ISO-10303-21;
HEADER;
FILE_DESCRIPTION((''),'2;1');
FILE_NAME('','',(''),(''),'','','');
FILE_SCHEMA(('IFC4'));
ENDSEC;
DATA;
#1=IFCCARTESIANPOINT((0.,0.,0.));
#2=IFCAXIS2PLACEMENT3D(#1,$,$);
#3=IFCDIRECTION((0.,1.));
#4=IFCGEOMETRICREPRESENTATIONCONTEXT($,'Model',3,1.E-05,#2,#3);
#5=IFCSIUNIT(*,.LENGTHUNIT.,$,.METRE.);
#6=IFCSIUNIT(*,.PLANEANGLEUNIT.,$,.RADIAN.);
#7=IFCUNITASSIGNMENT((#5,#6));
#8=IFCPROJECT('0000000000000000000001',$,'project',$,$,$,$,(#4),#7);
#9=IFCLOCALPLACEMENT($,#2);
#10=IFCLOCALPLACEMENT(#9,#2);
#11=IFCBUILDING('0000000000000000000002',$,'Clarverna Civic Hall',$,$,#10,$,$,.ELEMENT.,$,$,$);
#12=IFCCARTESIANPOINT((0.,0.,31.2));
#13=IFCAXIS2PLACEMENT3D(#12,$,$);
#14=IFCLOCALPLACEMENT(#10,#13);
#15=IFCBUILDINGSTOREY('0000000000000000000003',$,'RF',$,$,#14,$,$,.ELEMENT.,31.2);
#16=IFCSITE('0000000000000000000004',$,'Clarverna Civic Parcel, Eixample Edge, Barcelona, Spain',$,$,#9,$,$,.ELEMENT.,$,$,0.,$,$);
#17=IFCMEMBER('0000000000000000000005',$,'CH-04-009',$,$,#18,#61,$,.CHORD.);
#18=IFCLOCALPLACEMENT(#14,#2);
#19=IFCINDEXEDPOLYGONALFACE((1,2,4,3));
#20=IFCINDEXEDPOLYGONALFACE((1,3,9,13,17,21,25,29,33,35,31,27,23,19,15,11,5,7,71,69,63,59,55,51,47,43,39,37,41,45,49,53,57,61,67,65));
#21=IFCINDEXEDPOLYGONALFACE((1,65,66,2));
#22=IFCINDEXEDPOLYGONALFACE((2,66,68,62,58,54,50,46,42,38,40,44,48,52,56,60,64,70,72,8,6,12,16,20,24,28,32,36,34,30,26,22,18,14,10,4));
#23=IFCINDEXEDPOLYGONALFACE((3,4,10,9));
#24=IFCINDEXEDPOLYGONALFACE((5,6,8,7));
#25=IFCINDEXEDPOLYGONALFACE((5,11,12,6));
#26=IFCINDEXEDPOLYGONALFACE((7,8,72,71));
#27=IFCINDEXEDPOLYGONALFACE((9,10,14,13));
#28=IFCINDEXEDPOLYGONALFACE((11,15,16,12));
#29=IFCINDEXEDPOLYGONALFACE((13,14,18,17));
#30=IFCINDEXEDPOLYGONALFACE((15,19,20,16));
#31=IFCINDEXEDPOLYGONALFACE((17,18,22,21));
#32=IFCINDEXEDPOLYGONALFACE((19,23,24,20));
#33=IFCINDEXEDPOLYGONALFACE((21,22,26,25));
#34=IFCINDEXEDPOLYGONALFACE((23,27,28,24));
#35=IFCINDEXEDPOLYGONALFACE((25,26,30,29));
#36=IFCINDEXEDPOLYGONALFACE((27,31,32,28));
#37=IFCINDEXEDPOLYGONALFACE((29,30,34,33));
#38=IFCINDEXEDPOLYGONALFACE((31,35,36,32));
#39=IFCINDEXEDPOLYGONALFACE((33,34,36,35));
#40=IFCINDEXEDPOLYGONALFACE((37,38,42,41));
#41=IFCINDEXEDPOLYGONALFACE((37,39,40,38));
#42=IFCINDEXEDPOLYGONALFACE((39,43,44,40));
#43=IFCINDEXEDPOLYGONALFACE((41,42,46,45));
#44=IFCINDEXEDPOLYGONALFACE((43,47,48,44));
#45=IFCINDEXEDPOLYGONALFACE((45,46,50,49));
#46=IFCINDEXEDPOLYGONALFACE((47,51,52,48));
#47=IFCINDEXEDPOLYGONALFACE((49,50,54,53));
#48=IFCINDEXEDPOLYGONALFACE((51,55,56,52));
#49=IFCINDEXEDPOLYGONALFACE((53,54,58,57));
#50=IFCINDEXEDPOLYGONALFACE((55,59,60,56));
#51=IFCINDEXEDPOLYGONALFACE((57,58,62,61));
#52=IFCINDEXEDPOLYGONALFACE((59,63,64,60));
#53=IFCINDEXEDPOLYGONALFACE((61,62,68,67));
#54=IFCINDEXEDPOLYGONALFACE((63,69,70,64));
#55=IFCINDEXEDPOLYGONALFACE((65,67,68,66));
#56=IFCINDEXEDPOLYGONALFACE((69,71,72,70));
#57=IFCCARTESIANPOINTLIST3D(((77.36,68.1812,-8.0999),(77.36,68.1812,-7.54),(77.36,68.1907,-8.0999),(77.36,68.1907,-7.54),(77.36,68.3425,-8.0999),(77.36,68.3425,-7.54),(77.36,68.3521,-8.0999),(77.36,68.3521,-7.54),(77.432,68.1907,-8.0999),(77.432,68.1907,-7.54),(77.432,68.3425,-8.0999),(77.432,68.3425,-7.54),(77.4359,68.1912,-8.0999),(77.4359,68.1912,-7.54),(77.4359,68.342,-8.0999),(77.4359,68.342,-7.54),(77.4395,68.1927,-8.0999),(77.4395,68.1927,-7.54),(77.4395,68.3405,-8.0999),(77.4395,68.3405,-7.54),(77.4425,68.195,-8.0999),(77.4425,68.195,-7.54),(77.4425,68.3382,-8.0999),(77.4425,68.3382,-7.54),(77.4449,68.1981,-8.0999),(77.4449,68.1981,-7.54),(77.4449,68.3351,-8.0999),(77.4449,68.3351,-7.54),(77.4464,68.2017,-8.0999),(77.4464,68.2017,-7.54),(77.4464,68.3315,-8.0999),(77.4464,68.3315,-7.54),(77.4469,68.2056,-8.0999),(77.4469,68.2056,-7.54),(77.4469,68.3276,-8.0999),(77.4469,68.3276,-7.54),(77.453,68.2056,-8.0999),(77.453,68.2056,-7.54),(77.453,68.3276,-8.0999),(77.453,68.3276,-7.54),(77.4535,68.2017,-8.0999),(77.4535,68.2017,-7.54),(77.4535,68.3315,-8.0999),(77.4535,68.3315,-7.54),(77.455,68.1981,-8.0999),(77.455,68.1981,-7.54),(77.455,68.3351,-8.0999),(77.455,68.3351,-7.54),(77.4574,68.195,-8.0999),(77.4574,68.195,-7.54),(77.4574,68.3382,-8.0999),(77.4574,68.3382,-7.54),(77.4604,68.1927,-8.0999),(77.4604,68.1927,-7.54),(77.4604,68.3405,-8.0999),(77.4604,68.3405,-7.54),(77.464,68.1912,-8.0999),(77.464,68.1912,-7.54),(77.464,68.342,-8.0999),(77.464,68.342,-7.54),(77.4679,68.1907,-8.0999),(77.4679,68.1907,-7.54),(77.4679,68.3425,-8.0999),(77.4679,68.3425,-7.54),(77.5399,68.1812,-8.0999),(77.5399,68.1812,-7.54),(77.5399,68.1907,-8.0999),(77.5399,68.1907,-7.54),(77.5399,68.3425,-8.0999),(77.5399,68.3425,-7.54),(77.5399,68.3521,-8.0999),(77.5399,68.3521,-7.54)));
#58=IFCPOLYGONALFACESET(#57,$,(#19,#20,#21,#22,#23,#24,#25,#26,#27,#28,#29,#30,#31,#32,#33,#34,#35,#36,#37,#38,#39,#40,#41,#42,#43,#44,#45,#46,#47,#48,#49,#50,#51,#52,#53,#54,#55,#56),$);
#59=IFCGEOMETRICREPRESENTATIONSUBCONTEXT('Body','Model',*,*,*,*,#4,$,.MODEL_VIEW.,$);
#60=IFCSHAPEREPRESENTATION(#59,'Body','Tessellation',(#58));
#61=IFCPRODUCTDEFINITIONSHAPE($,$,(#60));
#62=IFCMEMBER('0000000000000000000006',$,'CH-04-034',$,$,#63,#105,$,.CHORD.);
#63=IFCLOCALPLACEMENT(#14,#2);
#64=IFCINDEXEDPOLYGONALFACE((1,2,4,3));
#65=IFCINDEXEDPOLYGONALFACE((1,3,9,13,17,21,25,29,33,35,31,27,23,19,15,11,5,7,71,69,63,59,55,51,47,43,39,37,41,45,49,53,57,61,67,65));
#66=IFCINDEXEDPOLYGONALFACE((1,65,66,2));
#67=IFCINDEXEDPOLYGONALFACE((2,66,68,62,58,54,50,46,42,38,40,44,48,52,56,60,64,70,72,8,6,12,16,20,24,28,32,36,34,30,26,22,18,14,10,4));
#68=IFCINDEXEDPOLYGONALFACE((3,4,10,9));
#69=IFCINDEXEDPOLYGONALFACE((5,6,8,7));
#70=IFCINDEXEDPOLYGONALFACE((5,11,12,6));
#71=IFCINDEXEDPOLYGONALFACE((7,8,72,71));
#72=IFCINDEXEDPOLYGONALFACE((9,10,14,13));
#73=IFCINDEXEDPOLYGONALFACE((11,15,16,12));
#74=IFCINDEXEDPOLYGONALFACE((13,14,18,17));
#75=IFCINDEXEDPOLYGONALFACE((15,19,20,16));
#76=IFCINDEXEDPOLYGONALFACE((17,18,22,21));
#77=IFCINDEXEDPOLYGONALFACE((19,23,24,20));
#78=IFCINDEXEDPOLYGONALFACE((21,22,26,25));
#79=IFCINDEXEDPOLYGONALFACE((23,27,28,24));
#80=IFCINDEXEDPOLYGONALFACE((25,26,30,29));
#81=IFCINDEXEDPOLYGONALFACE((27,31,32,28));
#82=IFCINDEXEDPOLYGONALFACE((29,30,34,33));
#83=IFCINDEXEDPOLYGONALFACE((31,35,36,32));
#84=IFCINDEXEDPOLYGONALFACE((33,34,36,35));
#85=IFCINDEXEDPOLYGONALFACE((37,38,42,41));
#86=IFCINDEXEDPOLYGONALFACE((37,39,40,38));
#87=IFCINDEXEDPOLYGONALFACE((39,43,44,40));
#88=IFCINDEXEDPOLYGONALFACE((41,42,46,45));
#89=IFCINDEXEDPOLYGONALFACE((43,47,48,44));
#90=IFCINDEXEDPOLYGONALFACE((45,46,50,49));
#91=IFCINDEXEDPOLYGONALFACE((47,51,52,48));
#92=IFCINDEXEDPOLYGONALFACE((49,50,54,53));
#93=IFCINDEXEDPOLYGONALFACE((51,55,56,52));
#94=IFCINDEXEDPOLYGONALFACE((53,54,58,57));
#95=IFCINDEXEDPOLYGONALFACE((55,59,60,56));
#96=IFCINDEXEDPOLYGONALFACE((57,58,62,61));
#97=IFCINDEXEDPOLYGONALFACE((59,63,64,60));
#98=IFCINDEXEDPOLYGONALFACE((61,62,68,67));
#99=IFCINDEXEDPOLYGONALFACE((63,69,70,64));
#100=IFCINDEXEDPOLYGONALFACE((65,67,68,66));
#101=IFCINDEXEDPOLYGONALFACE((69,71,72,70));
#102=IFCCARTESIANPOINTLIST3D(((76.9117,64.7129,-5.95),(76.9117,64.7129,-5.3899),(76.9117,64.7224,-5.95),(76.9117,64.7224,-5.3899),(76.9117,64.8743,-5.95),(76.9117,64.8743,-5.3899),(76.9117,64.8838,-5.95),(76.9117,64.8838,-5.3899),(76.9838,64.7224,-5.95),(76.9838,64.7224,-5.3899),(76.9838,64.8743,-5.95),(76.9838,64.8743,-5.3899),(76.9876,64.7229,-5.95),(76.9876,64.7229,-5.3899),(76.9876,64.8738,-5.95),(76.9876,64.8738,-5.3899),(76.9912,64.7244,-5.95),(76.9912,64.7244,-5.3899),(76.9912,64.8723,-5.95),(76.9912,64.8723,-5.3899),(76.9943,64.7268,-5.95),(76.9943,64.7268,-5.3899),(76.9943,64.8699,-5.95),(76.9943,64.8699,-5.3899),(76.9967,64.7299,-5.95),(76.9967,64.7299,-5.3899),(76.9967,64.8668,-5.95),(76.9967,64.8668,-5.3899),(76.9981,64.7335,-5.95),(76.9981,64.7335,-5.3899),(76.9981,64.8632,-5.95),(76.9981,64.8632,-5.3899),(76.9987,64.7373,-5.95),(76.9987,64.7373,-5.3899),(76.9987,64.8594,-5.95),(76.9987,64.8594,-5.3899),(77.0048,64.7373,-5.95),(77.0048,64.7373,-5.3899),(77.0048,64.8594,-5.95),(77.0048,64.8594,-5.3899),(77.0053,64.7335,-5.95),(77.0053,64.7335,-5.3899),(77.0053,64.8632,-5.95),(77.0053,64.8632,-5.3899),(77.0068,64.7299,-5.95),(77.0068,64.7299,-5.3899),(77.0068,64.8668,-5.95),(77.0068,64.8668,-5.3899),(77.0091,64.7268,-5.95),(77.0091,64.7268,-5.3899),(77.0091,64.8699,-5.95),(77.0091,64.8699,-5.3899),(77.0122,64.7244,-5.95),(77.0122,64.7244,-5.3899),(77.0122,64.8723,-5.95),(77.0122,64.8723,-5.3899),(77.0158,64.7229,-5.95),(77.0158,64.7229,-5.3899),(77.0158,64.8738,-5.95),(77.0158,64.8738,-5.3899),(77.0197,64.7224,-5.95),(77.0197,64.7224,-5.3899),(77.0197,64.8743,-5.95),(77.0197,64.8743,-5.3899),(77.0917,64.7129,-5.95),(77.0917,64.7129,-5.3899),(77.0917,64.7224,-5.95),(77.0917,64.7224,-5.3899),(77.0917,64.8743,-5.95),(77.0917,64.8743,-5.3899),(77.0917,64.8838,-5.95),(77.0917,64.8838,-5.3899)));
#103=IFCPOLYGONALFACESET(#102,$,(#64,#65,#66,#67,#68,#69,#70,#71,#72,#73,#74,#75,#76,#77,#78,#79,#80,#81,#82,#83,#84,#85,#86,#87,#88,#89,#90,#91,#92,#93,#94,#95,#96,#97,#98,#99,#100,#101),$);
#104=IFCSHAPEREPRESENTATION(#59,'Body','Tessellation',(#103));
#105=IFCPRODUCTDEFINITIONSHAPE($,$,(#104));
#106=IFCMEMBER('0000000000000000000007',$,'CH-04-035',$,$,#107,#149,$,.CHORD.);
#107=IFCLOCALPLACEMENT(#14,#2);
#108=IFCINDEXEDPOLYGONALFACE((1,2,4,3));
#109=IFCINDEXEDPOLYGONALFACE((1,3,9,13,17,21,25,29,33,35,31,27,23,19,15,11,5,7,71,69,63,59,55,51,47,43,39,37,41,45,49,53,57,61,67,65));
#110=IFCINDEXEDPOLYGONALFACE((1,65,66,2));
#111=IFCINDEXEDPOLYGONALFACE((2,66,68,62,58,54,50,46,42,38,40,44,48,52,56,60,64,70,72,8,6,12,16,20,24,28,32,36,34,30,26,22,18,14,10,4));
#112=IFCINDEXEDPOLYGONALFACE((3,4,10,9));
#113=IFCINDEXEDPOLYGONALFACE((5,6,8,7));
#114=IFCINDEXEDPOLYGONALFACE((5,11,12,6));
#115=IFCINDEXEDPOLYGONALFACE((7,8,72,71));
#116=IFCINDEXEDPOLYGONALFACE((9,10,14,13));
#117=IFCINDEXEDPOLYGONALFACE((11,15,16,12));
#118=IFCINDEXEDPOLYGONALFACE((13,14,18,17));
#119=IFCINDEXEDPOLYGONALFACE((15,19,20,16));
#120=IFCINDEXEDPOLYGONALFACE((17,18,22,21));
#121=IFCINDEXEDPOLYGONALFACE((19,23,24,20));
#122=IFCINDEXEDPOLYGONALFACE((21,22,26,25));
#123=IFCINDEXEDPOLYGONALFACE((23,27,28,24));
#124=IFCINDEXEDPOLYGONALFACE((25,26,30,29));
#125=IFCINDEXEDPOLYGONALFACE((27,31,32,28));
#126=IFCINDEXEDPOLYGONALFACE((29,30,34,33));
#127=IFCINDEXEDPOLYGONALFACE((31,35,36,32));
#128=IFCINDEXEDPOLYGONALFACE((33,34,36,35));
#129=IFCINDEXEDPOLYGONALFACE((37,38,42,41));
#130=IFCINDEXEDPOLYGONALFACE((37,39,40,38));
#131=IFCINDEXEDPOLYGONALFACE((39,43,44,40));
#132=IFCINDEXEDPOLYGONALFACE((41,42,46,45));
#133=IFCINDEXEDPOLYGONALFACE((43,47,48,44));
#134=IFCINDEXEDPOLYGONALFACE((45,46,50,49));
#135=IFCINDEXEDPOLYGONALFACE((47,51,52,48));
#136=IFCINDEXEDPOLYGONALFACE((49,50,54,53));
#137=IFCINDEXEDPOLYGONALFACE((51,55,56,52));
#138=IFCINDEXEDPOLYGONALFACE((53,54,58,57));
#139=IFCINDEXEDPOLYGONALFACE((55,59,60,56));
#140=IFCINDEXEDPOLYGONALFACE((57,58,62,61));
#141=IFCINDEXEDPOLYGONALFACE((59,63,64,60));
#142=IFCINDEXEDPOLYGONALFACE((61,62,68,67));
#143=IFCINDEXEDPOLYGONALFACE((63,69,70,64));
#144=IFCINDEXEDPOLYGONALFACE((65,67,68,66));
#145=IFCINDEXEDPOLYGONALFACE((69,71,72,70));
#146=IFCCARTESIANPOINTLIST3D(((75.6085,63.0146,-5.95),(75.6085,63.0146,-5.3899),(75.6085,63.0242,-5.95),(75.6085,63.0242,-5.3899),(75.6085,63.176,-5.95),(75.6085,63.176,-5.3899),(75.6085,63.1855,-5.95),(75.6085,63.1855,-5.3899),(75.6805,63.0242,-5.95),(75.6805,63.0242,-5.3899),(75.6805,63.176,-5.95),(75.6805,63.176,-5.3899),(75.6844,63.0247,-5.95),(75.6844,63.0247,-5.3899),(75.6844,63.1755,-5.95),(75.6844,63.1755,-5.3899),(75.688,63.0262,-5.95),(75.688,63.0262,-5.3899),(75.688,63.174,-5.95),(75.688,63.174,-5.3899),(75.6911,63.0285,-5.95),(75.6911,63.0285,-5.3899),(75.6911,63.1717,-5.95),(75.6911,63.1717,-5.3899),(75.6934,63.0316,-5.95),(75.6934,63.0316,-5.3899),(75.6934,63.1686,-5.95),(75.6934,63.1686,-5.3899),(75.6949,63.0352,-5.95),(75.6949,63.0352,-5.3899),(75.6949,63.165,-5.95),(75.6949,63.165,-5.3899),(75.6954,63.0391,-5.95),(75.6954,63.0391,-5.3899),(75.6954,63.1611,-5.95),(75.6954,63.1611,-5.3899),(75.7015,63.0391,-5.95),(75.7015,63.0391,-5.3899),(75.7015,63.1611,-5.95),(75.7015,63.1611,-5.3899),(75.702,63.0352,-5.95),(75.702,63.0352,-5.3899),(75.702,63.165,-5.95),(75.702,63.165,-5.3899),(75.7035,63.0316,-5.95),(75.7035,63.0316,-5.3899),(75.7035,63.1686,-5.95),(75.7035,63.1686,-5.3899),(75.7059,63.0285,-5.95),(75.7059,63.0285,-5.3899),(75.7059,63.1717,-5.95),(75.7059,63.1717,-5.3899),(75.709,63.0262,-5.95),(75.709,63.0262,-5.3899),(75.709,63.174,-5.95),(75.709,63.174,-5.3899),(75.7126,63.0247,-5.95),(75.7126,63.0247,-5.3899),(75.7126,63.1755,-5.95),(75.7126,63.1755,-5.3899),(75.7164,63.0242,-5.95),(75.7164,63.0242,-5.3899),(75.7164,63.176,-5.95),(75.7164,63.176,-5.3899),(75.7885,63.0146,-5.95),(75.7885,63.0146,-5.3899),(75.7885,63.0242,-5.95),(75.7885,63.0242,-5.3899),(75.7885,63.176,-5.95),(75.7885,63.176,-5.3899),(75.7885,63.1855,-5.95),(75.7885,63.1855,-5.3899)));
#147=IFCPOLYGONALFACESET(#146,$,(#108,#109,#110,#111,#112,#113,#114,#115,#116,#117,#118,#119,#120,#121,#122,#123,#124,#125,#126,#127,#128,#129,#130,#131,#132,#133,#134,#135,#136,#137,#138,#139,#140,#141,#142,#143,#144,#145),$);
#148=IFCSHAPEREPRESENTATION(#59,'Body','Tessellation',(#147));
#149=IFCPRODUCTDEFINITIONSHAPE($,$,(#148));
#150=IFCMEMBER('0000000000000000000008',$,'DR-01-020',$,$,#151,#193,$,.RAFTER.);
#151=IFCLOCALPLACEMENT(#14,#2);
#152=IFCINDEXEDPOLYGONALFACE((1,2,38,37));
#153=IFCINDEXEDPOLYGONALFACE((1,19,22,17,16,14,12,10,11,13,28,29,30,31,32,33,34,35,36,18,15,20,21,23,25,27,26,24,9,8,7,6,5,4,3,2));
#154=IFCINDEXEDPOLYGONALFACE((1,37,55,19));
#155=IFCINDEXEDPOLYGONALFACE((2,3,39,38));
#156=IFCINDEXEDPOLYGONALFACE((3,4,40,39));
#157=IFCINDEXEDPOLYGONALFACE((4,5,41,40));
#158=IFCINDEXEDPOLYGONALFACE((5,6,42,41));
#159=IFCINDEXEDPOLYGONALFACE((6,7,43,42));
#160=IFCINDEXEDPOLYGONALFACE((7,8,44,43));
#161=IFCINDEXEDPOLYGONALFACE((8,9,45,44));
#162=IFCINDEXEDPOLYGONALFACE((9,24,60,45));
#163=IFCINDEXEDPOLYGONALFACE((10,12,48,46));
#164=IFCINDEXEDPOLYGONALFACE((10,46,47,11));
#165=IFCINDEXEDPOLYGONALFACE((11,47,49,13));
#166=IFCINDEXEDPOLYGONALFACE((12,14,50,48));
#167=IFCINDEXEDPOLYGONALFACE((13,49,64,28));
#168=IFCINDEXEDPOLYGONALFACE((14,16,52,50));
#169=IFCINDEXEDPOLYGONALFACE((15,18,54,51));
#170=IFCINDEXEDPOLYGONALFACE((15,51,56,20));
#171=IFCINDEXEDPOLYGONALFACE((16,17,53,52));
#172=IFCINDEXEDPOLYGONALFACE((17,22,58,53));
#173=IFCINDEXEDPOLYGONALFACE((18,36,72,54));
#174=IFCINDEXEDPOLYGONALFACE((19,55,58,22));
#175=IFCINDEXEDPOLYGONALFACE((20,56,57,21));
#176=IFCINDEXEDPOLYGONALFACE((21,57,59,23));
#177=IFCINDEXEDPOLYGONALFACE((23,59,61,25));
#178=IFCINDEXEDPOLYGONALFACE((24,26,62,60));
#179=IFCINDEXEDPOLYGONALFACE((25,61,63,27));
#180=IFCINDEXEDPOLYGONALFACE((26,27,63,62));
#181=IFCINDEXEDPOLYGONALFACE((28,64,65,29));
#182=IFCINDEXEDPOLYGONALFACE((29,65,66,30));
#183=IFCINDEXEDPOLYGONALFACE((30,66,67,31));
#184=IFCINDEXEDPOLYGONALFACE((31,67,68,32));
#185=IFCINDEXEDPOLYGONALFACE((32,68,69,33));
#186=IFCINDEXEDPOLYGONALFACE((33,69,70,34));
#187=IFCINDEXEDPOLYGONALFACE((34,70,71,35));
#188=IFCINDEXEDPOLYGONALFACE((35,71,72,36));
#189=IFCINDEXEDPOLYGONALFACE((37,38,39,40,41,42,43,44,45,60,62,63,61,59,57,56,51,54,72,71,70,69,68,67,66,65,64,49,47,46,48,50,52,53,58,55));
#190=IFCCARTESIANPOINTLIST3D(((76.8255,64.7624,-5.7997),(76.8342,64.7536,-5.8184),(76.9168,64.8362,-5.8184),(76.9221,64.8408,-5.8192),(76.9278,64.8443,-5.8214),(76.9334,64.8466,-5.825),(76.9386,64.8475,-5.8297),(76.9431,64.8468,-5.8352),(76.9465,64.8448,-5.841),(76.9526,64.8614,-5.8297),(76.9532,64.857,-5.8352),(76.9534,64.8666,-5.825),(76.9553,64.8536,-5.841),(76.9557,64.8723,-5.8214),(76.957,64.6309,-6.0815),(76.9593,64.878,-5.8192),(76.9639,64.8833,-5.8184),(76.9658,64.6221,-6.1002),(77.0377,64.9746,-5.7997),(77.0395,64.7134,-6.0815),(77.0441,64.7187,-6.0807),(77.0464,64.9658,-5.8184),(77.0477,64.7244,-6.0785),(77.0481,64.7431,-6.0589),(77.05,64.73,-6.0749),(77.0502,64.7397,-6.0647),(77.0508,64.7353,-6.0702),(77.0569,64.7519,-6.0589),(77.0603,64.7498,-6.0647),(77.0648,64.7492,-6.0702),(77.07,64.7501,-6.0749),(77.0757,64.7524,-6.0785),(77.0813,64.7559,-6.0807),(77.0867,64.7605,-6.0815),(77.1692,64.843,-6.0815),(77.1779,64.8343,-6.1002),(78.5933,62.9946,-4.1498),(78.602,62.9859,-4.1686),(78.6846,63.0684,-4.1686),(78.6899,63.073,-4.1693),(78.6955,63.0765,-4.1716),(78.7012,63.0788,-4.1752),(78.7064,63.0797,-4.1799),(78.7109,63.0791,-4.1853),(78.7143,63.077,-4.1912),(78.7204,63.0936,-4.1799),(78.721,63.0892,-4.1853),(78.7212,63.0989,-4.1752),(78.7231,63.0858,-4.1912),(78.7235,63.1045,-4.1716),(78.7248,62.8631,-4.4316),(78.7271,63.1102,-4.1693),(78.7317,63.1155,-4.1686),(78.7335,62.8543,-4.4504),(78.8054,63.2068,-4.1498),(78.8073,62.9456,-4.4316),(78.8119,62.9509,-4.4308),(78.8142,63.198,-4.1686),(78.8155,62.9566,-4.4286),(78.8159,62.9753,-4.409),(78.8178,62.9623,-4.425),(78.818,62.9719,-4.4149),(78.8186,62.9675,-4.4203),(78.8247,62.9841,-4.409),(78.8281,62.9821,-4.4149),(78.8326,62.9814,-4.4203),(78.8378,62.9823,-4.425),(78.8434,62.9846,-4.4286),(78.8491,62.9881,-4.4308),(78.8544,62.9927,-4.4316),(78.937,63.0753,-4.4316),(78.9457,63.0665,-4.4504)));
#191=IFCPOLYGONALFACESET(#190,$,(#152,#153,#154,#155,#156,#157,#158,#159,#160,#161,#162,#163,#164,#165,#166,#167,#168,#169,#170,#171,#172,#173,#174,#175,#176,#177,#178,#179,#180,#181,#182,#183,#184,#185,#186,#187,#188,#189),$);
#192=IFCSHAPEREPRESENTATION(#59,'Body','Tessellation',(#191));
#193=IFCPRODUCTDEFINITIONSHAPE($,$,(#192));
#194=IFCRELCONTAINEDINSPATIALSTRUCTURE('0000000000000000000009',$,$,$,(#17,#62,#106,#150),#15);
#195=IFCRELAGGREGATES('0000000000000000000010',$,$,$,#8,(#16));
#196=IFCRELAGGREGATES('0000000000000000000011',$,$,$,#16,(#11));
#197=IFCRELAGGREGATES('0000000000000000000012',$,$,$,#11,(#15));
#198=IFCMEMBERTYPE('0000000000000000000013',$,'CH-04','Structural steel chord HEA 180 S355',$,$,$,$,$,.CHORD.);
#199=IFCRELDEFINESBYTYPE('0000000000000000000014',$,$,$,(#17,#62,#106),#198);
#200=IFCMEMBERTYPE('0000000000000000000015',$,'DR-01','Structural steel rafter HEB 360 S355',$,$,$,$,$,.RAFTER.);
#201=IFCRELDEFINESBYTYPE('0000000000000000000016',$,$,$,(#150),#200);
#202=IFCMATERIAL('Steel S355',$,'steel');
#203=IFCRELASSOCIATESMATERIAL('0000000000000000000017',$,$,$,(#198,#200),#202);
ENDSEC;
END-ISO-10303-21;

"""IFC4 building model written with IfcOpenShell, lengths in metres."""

from ifc_helpers import new_model, si_unit, direction, frame, origin, origin_2d, place, context, subcontext, project, spatial, i_section, extrude, material, material_profile, profile_set, type_object, element, save


model = new_model("IFC4")

# Units and contexts
model_context = context("Model", 3, precision=1e-05, world=origin(), true_north=direction((0.0, 1.0)))
body_context = subcontext(model_context, "Body", "Model", "MODEL_VIEW")
ifc_project = project(units=[si_unit("LENGTHUNIT", "METRE"), si_unit("PLANEANGLEUNIT", "RADIAN")], contexts=[model_context])

# Site, building, storey
site_placement = place(None, origin())
site = spatial("IfcSite", under=ifc_project, at=site_placement, Name="Clarverna Civic Parcel, Eixample Edge, Barcelona, Spain", CompositionType="ELEMENT", RefElevation=0.0)
building_placement = place(site_placement, origin())
building = spatial("IfcBuilding", under=site, at=building_placement, Name="Clarverna Civic Hall", CompositionType="ELEMENT")
storey_placement = place(building_placement, frame((0.0, 0.0, 31.2)))
storey = spatial("IfcBuildingStorey", under=building, at=storey_placement, Name="RF", CompositionType="ELEMENT", Elevation=31.2)

# Members
ifc_material_1 = material(Name="Steel S355", Category="steel")
ifc_material_profile_1 = material_profile(ifc_material_1, i_section(OverallWidth=0.1799, OverallDepth=0.1709, WebThickness=0.0061, FlangeThickness=0.0095, FilletRadius=0.0149, at=origin_2d()), Name="HEA 180")
ifc_profile_set_1 = profile_set([ifc_material_profile_1], Name="Steel S355")
member_type_1 = type_object("IfcMemberType", Name="CH-04", Description="Structural steel chord HEA 180 S355", PredefinedType="CHORD", material=ifc_profile_set_1)
member_1_placement = place(storey_placement, frame((77.45, 68.2666, -8.0999), z_axis=(0.0, 0.0, 1.0), x_axis=(1.0, 0.0, 0.0)))
element("IfcMember", 1, at=member_1_placement, inside=storey, type_object=member_type_1, Name="CH-04-009", PredefinedType="CHORD", context=body_context, shape_type="SweptSolid", body=[
    extrude(i_section(OverallWidth=0.1799, OverallDepth=0.1709, WebThickness=0.0061, FlangeThickness=0.0095, FilletRadius=0.0149, at=origin_2d()), origin(), (0.0, 0.0, 1.0), 0.5598),
])
for number, where, z_axis, x_axis, name in (
    (2, (77.0017, 64.7983, -5.95), (0.0, 0.0, 1.0), (1.0, 0.0, 0.0), "CH-04-034"),
    (3, (75.6985, 63.1001, -5.95), (0.0, 0.0, 1.0), (1.0, 0.0, 0.0), "CH-04-035"),
):
    element("IfcMember", number, at=place(storey_placement, frame(where, z_axis=z_axis, x_axis=x_axis)), inside=storey, type_object=member_type_1, Name=name, PredefinedType="CHORD", context=body_context, shape_type="SweptSolid", body=[
        extrude(i_section(OverallWidth=0.1799, OverallDepth=0.1709, WebThickness=0.0061, FlangeThickness=0.0095, FilletRadius=0.0149, at=origin_2d()), origin(), (0.0, 0.0, 1.0), 0.5601),
    ])
ifc_material_profile_2 = material_profile(ifc_material_1, i_section(OverallWidth=0.3, OverallDepth=0.3601, WebThickness=0.0125, FlangeThickness=0.0225, FilletRadius=0.0271, at=origin_2d()), Name="HEB 360")
ifc_profile_set_2 = profile_set([ifc_material_profile_2], Name="Steel S355")
member_type_2 = type_object("IfcMemberType", Name="DR-01", Description="Structural steel rafter HEB 360 S355", PredefinedType="RAFTER", material=ifc_profile_set_2)
member_2_placement = place(storey_placement, frame((77.0017, 64.7983, -5.95), z_axis=(0.590174, -0.590174, 0.550807), x_axis=(0.707107, 0.707107, 0.0)))
element("IfcMember", 4, at=member_2_placement, inside=storey, type_object=member_type_2, Name="DR-01-020", PredefinedType="RAFTER", context=body_context, shape_type="SweptSolid", body=[
    extrude(i_section(OverallWidth=0.3, OverallDepth=0.3601, WebThickness=0.0125, FlangeThickness=0.0225, FilletRadius=0.0271, at=origin_2d()), origin(), (0.0, 0.0, 1.0), 2.9954),
])

save(model, "model.ifc")
